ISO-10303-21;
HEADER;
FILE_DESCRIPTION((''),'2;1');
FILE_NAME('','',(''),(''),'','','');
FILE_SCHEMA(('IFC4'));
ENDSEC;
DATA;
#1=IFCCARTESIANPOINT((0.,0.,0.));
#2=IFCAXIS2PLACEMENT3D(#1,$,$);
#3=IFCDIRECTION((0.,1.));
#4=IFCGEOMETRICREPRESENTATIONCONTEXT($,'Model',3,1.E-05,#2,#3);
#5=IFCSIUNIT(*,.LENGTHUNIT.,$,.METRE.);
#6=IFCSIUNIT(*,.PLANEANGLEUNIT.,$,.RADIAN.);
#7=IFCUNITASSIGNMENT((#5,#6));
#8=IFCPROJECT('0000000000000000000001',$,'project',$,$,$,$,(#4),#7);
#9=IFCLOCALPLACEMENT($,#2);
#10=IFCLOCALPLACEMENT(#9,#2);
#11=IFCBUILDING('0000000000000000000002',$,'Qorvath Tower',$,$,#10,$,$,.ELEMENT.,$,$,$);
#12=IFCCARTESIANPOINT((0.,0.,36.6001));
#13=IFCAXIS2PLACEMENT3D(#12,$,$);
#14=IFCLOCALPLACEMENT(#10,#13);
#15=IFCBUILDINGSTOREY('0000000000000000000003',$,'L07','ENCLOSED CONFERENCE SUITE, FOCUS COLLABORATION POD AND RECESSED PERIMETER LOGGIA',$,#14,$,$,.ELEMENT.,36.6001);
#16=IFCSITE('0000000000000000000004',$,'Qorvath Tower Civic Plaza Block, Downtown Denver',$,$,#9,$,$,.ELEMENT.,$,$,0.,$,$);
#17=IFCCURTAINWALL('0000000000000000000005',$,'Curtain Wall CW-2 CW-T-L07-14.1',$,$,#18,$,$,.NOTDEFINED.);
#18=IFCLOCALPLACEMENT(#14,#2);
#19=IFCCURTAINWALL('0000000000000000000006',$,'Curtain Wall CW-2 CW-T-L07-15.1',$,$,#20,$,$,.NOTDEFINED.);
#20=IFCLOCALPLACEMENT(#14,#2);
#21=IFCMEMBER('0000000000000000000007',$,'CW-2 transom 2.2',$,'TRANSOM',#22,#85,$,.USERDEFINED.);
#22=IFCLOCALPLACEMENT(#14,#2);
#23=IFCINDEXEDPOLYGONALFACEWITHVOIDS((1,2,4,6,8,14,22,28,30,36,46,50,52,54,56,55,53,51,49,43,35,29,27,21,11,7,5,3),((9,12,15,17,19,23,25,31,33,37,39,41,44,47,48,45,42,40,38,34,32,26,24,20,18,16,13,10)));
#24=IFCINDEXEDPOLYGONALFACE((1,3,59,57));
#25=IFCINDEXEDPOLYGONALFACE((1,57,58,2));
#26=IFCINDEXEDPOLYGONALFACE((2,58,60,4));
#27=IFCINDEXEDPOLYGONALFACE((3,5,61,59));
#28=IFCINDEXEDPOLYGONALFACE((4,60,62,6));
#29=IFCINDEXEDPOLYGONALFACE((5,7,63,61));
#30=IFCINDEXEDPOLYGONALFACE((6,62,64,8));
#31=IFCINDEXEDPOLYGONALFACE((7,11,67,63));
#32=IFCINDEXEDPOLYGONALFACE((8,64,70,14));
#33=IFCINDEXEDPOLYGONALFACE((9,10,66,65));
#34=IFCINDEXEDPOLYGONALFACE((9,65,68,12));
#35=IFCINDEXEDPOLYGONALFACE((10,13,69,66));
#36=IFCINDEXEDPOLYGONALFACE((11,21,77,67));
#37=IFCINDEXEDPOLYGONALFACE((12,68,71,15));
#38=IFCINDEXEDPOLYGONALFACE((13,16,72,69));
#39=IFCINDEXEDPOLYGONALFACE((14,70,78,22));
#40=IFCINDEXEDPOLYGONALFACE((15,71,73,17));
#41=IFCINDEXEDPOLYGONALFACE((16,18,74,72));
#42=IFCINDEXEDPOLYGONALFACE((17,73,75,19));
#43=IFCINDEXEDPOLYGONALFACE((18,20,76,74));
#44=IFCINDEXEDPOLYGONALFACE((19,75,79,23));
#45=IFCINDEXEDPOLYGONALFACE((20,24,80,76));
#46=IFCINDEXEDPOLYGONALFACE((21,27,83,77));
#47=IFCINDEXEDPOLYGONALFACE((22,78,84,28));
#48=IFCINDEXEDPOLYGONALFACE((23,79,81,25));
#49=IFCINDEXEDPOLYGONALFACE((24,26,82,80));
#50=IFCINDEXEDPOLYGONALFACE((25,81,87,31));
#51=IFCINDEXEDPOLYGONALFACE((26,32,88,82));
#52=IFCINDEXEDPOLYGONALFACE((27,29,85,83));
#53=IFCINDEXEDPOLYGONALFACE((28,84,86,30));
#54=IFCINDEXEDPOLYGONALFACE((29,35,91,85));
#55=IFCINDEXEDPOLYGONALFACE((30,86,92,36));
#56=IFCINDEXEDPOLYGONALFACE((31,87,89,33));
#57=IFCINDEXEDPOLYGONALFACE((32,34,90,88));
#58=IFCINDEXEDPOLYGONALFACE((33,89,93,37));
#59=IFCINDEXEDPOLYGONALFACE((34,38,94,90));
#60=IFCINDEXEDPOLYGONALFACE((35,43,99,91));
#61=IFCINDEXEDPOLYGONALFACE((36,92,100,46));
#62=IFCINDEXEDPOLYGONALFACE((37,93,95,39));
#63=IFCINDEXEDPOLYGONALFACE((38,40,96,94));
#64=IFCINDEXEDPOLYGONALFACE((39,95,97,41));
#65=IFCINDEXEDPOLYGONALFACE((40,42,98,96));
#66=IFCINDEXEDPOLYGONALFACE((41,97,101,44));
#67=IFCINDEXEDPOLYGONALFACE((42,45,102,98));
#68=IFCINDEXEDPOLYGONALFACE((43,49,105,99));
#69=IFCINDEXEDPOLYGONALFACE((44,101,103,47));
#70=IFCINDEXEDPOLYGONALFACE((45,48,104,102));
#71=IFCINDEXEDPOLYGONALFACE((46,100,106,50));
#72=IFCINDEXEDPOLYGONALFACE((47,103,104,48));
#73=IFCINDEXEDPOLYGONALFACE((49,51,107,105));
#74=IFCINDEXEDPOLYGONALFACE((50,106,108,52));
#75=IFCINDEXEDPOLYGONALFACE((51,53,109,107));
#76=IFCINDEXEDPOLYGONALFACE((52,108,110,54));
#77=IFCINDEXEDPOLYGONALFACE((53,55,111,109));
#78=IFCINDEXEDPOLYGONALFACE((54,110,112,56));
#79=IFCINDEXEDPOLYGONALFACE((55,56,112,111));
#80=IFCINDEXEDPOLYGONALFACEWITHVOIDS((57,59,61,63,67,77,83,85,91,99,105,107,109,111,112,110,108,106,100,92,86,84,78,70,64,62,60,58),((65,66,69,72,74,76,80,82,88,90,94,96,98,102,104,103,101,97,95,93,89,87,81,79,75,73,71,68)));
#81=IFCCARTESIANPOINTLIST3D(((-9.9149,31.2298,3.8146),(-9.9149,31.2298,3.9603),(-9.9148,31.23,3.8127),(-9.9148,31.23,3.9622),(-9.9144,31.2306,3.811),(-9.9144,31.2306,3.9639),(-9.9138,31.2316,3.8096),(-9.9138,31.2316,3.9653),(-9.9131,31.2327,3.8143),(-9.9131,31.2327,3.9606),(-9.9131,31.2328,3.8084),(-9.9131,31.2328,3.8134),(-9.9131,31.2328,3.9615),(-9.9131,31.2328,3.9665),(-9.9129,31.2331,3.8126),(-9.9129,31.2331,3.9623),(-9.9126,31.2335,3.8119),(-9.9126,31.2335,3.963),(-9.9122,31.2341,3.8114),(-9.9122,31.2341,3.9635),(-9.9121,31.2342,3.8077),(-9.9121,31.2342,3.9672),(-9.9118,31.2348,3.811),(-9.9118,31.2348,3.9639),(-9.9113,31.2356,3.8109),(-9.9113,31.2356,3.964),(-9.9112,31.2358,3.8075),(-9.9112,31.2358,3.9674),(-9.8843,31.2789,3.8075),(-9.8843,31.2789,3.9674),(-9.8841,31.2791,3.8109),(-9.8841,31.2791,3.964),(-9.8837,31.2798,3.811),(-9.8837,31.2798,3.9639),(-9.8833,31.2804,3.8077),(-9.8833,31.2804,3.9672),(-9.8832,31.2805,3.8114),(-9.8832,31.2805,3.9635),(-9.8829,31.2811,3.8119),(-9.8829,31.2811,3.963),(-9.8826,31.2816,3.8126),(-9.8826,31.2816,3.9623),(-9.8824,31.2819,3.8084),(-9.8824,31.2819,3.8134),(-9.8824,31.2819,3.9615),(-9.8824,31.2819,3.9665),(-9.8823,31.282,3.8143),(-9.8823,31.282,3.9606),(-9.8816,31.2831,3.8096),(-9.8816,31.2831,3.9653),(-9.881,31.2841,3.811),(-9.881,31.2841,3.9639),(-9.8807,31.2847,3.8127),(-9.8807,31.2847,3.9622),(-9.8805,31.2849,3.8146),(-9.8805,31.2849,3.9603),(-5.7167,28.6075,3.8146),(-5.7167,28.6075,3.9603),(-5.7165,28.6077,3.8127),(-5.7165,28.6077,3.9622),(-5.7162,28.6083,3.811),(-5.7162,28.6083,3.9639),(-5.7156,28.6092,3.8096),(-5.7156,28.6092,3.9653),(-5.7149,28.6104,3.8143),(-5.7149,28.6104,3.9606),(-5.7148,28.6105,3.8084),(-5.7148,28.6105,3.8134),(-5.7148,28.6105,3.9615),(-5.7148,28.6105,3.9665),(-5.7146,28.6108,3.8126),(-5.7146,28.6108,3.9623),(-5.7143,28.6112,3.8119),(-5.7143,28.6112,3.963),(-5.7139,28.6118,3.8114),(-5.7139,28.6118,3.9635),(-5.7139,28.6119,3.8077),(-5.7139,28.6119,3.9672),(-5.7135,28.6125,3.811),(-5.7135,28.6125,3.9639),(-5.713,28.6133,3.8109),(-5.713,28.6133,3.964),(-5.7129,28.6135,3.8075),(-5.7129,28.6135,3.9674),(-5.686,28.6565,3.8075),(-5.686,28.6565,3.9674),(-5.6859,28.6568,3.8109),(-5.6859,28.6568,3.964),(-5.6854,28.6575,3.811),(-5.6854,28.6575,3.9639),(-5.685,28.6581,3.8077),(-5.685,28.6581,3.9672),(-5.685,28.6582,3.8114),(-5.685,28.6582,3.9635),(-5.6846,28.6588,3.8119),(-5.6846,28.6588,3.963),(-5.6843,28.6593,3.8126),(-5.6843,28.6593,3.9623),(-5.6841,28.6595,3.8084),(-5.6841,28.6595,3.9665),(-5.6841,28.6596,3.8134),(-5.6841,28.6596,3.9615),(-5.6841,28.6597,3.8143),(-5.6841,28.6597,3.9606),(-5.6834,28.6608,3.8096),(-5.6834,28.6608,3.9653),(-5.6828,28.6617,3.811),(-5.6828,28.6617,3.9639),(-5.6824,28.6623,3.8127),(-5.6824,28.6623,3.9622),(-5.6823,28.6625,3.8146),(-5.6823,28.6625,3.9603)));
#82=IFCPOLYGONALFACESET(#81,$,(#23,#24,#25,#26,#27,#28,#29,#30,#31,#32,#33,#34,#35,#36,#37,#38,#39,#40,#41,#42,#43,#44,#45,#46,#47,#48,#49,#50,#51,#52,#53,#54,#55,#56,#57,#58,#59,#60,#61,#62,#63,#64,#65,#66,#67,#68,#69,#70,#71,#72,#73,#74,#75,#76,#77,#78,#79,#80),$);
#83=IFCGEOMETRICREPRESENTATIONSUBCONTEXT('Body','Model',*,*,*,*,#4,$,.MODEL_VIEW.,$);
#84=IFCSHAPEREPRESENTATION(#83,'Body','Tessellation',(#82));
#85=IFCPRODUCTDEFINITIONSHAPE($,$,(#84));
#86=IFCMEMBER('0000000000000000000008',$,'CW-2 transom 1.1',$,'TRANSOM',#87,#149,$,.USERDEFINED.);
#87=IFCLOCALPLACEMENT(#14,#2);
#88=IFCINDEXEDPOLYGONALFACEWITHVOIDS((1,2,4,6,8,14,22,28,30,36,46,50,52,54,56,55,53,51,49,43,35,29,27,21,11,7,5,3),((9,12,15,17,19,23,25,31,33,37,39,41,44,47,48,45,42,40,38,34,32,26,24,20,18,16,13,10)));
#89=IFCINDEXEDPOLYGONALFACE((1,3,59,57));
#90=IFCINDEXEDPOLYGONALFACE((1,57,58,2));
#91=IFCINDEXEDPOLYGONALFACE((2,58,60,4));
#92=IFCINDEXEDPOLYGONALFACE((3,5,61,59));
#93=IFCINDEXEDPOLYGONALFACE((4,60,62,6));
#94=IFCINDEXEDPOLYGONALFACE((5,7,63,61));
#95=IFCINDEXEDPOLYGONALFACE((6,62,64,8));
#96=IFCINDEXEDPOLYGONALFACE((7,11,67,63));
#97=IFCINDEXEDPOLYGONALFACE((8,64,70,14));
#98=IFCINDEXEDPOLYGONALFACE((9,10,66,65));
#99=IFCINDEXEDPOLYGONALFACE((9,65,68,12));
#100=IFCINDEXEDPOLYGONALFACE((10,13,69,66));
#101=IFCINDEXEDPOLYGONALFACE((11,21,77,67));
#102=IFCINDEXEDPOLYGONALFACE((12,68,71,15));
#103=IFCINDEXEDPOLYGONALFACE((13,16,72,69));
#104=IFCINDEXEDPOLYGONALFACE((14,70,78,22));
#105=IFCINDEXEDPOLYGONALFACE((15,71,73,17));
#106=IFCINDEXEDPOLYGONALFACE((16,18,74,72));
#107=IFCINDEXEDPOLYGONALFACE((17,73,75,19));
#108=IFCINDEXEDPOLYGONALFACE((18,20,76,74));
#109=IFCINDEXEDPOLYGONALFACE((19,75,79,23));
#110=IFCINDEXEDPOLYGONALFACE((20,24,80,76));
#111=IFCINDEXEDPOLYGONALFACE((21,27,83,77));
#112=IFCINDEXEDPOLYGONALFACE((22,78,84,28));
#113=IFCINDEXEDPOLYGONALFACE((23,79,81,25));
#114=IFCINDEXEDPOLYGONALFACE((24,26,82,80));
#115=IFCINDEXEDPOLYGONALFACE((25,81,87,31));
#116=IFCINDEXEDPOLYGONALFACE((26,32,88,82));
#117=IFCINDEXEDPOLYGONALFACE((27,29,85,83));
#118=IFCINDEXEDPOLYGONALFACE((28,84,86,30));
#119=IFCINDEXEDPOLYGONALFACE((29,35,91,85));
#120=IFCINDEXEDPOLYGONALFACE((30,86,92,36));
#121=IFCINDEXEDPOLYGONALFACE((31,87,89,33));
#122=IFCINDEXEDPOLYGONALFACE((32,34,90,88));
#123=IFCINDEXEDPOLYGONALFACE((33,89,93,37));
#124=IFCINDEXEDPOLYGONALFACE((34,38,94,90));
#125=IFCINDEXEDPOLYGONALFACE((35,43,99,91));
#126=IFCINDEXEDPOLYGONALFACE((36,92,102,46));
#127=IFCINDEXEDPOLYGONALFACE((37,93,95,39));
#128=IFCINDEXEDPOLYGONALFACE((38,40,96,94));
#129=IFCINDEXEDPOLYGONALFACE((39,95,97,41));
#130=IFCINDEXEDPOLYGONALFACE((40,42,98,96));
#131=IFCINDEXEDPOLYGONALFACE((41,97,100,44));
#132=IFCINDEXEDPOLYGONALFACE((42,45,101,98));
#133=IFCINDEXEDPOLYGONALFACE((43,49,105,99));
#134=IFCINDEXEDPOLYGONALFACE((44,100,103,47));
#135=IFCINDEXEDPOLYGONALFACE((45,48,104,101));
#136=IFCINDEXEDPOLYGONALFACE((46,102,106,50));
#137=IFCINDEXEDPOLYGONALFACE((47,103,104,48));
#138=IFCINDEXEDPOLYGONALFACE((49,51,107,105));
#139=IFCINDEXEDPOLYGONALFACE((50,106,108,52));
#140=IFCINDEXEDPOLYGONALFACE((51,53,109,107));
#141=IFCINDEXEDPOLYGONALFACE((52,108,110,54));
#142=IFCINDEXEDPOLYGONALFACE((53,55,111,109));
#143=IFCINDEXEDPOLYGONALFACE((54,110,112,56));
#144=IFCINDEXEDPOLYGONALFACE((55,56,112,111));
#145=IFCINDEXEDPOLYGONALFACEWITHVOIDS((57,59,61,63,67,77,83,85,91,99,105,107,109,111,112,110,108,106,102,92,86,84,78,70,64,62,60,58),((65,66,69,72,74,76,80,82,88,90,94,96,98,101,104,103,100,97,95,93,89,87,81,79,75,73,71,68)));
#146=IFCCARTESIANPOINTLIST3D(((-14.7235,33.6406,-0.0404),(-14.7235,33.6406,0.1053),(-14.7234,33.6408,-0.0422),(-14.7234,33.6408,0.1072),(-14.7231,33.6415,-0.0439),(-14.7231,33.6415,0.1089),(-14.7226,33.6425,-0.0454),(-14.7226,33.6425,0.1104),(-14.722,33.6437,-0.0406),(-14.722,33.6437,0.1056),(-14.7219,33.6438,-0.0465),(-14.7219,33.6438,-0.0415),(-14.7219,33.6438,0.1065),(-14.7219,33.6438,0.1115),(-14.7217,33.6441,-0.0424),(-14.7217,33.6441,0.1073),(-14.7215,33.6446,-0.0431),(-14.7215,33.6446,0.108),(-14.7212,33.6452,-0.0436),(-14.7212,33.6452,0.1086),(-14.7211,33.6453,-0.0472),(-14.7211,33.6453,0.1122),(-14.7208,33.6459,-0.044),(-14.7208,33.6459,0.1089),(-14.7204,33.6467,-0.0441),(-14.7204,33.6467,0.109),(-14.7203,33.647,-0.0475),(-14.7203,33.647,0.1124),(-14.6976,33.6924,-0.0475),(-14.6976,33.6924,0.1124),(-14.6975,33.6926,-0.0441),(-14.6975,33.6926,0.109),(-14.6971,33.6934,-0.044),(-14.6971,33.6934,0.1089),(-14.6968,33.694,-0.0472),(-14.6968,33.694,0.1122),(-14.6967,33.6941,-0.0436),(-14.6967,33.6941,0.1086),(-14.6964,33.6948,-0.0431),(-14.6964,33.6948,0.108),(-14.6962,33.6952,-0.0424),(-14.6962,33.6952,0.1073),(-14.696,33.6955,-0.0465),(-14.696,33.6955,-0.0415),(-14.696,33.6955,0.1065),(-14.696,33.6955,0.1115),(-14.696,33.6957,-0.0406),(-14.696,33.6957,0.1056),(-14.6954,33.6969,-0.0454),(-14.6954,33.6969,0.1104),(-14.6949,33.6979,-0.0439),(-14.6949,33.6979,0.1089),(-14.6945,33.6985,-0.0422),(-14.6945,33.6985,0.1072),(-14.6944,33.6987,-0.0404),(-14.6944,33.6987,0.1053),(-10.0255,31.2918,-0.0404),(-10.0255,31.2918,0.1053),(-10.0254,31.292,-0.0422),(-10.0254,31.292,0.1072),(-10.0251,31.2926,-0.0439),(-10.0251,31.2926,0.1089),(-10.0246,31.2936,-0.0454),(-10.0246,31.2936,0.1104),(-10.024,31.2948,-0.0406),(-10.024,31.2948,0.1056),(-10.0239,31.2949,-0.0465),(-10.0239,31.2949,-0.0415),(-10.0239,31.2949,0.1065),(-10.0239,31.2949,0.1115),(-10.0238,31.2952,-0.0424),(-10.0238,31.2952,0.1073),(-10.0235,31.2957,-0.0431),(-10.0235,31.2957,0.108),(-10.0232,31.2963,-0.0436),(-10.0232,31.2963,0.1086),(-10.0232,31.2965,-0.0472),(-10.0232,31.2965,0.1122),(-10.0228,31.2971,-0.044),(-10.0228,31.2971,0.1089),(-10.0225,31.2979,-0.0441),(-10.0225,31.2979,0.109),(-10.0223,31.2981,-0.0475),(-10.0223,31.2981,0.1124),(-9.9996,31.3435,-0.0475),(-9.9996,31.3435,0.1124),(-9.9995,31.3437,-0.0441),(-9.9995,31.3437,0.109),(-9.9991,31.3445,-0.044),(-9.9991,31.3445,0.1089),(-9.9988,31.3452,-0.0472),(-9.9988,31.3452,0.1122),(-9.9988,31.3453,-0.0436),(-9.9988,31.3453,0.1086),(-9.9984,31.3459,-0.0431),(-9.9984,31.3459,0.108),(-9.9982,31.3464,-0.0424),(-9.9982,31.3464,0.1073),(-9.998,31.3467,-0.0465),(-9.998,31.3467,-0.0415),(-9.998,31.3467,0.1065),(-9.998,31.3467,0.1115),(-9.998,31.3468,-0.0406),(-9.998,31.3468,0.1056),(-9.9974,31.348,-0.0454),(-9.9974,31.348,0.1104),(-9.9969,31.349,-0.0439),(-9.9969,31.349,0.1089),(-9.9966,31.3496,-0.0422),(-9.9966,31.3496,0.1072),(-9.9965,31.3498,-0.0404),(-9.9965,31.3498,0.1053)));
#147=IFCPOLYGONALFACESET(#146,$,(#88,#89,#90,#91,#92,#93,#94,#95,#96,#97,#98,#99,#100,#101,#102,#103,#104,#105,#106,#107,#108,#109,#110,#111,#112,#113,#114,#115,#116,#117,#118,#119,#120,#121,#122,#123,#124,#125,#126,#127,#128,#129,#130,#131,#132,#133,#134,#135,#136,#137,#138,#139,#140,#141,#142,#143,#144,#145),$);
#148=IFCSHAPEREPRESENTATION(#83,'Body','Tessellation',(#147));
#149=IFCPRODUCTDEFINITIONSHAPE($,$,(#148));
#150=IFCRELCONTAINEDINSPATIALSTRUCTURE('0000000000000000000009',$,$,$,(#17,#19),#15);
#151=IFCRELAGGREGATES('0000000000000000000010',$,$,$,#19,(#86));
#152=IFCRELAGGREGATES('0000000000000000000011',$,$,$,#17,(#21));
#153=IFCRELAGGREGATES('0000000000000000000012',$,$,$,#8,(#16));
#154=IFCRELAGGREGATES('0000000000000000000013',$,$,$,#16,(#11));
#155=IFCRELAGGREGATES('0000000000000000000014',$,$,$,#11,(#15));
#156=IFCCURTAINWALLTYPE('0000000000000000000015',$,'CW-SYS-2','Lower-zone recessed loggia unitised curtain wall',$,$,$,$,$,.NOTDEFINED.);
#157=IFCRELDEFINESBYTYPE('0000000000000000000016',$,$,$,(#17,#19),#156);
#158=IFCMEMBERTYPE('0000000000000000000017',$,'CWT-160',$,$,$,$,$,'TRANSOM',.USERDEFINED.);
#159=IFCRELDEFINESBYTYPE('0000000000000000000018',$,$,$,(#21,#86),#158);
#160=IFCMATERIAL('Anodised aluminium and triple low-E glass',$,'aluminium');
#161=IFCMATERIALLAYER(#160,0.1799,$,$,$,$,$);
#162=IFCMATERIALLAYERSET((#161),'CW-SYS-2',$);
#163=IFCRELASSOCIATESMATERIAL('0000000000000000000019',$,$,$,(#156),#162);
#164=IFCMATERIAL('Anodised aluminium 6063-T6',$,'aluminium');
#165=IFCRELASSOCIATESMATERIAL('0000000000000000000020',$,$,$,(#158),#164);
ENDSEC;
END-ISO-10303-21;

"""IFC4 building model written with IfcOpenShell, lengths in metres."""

from ifc_helpers import new_model, si_unit, direction, frame, origin, origin_2d, place, context, subcontext, project, spatial, hollow_rectangle, extrude, material, layer, layer_set, material_profile, profile_set, type_object, element, aggregate, save


model = new_model("IFC4")

# Units and contexts
model_context = context("Model", 3, precision=1e-05, world=origin(), true_north=direction((0.0, 1.0)))
body_context = subcontext(model_context, "Body", "Model", "MODEL_VIEW")
ifc_project = project(units=[si_unit("LENGTHUNIT", "METRE"), si_unit("PLANEANGLEUNIT", "RADIAN")], contexts=[model_context])

# Site, building, storey
site_placement = place(None, origin())
site = spatial("IfcSite", under=ifc_project, at=site_placement, Name="Qorvath Tower Civic Plaza Block, Downtown Denver", CompositionType="ELEMENT", RefElevation=0.0)
building_placement = place(site_placement, origin())
building = spatial("IfcBuilding", under=site, at=building_placement, Name="Qorvath Tower", CompositionType="ELEMENT")
storey_placement = place(building_placement, frame((0.0, 0.0, 36.6001)))
storey = spatial("IfcBuildingStorey", under=building, at=storey_placement, Name="L07", Description="ENCLOSED CONFERENCE SUITE, FOCUS COLLABORATION POD AND RECESSED PERIMETER LOGGIA", CompositionType="ELEMENT", Elevation=36.6001)

# Shared definitions
ifc_material_1 = material(Name="Anodised aluminium and triple low-E glass", Category="aluminium")
ifc_layer_1 = layer(ifc_material_1, 0.1799)
ifc_layer_set_1 = layer_set([ifc_layer_1], Name="CW-SYS-2")
curtain_wall_type = type_object("IfcCurtainWallType", Name="CW-SYS-2", Description="Lower-zone recessed loggia unitised curtain wall", PredefinedType="NOTDEFINED", material=ifc_layer_set_1)

# Curtain wall
curtain_wall_1_placement = place(storey_placement, origin())
curtain_wall_1 = element("IfcCurtainWall", 1, at=curtain_wall_1_placement, inside=storey, type_object=curtain_wall_type, Name="Curtain Wall CW-2 CW-T-L07-14.1", PredefinedType="NOTDEFINED")

# Curtain wall
curtain_wall_2_placement = place(storey_placement, origin())
curtain_wall_2 = element("IfcCurtainWall", 2, at=curtain_wall_2_placement, inside=storey, type_object=curtain_wall_type, Name="Curtain Wall CW-2 CW-T-L07-15.1", PredefinedType="NOTDEFINED")

# Members
ifc_material_2 = material(Name="Anodised aluminium 6063-T6", Category="aluminium")
ifc_material_profile_1 = material_profile(ifc_material_2, hollow_rectangle(XDim=0.0649, YDim=0.1599, WallThickness=0.0034, InnerFilletRadius=0.0034, OuterFilletRadius=0.0071, at=origin_2d()), Name="CWT 160x65")
ifc_profile_set_1 = profile_set([ifc_material_profile_1], Name="Anodised aluminium 6063-T6")
member_type_1 = type_object("IfcMemberType", Name="CWT-160", ElementType="TRANSOM", PredefinedType="USERDEFINED", material=ifc_profile_set_1)
member_1_placement = place(storey_placement, frame((-5.6995, 28.635, 3.8875), z_axis=(-0.848142, 0.529768, 0.0), x_axis=(-0.529768, -0.848142, 0.0)))
member_1 = element("IfcMember", 3, at=member_1_placement, type_object=member_type_1, Name="CW-2 transom 2.2", ObjectType="TRANSOM", PredefinedType="USERDEFINED", context=body_context, shape_type="SweptSolid", body=[
    extrude(hollow_rectangle(XDim=0.0649, YDim=0.1599, WallThickness=0.0034, InnerFilletRadius=0.0034, OuterFilletRadius=0.0071, at=origin_2d()), origin(), (0.0, 0.0, 1.0), 4.95),
])
member_2_placement = place(storey_placement, frame((-10.011, 31.3208, 0.0325), z_axis=(-0.894436, 0.447195, 0.0), x_axis=(-0.447195, -0.894436, 0.0)))
member_2 = element("IfcMember", 4, at=member_2_placement, type_object=member_type_1, Name="CW-2 transom 1.1", ObjectType="TRANSOM", PredefinedType="USERDEFINED", context=body_context, shape_type="SweptSolid", body=[
    extrude(hollow_rectangle(XDim=0.0649, YDim=0.1599, WallThickness=0.0034, InnerFilletRadius=0.0034, OuterFilletRadius=0.0071, at=origin_2d()), origin(), (0.0, 0.0, 1.0), 5.2524),
])
aggregate(curtain_wall_2, [member_2])

aggregate(curtain_wall_1, [member_1])

save(model, "model.ifc")
